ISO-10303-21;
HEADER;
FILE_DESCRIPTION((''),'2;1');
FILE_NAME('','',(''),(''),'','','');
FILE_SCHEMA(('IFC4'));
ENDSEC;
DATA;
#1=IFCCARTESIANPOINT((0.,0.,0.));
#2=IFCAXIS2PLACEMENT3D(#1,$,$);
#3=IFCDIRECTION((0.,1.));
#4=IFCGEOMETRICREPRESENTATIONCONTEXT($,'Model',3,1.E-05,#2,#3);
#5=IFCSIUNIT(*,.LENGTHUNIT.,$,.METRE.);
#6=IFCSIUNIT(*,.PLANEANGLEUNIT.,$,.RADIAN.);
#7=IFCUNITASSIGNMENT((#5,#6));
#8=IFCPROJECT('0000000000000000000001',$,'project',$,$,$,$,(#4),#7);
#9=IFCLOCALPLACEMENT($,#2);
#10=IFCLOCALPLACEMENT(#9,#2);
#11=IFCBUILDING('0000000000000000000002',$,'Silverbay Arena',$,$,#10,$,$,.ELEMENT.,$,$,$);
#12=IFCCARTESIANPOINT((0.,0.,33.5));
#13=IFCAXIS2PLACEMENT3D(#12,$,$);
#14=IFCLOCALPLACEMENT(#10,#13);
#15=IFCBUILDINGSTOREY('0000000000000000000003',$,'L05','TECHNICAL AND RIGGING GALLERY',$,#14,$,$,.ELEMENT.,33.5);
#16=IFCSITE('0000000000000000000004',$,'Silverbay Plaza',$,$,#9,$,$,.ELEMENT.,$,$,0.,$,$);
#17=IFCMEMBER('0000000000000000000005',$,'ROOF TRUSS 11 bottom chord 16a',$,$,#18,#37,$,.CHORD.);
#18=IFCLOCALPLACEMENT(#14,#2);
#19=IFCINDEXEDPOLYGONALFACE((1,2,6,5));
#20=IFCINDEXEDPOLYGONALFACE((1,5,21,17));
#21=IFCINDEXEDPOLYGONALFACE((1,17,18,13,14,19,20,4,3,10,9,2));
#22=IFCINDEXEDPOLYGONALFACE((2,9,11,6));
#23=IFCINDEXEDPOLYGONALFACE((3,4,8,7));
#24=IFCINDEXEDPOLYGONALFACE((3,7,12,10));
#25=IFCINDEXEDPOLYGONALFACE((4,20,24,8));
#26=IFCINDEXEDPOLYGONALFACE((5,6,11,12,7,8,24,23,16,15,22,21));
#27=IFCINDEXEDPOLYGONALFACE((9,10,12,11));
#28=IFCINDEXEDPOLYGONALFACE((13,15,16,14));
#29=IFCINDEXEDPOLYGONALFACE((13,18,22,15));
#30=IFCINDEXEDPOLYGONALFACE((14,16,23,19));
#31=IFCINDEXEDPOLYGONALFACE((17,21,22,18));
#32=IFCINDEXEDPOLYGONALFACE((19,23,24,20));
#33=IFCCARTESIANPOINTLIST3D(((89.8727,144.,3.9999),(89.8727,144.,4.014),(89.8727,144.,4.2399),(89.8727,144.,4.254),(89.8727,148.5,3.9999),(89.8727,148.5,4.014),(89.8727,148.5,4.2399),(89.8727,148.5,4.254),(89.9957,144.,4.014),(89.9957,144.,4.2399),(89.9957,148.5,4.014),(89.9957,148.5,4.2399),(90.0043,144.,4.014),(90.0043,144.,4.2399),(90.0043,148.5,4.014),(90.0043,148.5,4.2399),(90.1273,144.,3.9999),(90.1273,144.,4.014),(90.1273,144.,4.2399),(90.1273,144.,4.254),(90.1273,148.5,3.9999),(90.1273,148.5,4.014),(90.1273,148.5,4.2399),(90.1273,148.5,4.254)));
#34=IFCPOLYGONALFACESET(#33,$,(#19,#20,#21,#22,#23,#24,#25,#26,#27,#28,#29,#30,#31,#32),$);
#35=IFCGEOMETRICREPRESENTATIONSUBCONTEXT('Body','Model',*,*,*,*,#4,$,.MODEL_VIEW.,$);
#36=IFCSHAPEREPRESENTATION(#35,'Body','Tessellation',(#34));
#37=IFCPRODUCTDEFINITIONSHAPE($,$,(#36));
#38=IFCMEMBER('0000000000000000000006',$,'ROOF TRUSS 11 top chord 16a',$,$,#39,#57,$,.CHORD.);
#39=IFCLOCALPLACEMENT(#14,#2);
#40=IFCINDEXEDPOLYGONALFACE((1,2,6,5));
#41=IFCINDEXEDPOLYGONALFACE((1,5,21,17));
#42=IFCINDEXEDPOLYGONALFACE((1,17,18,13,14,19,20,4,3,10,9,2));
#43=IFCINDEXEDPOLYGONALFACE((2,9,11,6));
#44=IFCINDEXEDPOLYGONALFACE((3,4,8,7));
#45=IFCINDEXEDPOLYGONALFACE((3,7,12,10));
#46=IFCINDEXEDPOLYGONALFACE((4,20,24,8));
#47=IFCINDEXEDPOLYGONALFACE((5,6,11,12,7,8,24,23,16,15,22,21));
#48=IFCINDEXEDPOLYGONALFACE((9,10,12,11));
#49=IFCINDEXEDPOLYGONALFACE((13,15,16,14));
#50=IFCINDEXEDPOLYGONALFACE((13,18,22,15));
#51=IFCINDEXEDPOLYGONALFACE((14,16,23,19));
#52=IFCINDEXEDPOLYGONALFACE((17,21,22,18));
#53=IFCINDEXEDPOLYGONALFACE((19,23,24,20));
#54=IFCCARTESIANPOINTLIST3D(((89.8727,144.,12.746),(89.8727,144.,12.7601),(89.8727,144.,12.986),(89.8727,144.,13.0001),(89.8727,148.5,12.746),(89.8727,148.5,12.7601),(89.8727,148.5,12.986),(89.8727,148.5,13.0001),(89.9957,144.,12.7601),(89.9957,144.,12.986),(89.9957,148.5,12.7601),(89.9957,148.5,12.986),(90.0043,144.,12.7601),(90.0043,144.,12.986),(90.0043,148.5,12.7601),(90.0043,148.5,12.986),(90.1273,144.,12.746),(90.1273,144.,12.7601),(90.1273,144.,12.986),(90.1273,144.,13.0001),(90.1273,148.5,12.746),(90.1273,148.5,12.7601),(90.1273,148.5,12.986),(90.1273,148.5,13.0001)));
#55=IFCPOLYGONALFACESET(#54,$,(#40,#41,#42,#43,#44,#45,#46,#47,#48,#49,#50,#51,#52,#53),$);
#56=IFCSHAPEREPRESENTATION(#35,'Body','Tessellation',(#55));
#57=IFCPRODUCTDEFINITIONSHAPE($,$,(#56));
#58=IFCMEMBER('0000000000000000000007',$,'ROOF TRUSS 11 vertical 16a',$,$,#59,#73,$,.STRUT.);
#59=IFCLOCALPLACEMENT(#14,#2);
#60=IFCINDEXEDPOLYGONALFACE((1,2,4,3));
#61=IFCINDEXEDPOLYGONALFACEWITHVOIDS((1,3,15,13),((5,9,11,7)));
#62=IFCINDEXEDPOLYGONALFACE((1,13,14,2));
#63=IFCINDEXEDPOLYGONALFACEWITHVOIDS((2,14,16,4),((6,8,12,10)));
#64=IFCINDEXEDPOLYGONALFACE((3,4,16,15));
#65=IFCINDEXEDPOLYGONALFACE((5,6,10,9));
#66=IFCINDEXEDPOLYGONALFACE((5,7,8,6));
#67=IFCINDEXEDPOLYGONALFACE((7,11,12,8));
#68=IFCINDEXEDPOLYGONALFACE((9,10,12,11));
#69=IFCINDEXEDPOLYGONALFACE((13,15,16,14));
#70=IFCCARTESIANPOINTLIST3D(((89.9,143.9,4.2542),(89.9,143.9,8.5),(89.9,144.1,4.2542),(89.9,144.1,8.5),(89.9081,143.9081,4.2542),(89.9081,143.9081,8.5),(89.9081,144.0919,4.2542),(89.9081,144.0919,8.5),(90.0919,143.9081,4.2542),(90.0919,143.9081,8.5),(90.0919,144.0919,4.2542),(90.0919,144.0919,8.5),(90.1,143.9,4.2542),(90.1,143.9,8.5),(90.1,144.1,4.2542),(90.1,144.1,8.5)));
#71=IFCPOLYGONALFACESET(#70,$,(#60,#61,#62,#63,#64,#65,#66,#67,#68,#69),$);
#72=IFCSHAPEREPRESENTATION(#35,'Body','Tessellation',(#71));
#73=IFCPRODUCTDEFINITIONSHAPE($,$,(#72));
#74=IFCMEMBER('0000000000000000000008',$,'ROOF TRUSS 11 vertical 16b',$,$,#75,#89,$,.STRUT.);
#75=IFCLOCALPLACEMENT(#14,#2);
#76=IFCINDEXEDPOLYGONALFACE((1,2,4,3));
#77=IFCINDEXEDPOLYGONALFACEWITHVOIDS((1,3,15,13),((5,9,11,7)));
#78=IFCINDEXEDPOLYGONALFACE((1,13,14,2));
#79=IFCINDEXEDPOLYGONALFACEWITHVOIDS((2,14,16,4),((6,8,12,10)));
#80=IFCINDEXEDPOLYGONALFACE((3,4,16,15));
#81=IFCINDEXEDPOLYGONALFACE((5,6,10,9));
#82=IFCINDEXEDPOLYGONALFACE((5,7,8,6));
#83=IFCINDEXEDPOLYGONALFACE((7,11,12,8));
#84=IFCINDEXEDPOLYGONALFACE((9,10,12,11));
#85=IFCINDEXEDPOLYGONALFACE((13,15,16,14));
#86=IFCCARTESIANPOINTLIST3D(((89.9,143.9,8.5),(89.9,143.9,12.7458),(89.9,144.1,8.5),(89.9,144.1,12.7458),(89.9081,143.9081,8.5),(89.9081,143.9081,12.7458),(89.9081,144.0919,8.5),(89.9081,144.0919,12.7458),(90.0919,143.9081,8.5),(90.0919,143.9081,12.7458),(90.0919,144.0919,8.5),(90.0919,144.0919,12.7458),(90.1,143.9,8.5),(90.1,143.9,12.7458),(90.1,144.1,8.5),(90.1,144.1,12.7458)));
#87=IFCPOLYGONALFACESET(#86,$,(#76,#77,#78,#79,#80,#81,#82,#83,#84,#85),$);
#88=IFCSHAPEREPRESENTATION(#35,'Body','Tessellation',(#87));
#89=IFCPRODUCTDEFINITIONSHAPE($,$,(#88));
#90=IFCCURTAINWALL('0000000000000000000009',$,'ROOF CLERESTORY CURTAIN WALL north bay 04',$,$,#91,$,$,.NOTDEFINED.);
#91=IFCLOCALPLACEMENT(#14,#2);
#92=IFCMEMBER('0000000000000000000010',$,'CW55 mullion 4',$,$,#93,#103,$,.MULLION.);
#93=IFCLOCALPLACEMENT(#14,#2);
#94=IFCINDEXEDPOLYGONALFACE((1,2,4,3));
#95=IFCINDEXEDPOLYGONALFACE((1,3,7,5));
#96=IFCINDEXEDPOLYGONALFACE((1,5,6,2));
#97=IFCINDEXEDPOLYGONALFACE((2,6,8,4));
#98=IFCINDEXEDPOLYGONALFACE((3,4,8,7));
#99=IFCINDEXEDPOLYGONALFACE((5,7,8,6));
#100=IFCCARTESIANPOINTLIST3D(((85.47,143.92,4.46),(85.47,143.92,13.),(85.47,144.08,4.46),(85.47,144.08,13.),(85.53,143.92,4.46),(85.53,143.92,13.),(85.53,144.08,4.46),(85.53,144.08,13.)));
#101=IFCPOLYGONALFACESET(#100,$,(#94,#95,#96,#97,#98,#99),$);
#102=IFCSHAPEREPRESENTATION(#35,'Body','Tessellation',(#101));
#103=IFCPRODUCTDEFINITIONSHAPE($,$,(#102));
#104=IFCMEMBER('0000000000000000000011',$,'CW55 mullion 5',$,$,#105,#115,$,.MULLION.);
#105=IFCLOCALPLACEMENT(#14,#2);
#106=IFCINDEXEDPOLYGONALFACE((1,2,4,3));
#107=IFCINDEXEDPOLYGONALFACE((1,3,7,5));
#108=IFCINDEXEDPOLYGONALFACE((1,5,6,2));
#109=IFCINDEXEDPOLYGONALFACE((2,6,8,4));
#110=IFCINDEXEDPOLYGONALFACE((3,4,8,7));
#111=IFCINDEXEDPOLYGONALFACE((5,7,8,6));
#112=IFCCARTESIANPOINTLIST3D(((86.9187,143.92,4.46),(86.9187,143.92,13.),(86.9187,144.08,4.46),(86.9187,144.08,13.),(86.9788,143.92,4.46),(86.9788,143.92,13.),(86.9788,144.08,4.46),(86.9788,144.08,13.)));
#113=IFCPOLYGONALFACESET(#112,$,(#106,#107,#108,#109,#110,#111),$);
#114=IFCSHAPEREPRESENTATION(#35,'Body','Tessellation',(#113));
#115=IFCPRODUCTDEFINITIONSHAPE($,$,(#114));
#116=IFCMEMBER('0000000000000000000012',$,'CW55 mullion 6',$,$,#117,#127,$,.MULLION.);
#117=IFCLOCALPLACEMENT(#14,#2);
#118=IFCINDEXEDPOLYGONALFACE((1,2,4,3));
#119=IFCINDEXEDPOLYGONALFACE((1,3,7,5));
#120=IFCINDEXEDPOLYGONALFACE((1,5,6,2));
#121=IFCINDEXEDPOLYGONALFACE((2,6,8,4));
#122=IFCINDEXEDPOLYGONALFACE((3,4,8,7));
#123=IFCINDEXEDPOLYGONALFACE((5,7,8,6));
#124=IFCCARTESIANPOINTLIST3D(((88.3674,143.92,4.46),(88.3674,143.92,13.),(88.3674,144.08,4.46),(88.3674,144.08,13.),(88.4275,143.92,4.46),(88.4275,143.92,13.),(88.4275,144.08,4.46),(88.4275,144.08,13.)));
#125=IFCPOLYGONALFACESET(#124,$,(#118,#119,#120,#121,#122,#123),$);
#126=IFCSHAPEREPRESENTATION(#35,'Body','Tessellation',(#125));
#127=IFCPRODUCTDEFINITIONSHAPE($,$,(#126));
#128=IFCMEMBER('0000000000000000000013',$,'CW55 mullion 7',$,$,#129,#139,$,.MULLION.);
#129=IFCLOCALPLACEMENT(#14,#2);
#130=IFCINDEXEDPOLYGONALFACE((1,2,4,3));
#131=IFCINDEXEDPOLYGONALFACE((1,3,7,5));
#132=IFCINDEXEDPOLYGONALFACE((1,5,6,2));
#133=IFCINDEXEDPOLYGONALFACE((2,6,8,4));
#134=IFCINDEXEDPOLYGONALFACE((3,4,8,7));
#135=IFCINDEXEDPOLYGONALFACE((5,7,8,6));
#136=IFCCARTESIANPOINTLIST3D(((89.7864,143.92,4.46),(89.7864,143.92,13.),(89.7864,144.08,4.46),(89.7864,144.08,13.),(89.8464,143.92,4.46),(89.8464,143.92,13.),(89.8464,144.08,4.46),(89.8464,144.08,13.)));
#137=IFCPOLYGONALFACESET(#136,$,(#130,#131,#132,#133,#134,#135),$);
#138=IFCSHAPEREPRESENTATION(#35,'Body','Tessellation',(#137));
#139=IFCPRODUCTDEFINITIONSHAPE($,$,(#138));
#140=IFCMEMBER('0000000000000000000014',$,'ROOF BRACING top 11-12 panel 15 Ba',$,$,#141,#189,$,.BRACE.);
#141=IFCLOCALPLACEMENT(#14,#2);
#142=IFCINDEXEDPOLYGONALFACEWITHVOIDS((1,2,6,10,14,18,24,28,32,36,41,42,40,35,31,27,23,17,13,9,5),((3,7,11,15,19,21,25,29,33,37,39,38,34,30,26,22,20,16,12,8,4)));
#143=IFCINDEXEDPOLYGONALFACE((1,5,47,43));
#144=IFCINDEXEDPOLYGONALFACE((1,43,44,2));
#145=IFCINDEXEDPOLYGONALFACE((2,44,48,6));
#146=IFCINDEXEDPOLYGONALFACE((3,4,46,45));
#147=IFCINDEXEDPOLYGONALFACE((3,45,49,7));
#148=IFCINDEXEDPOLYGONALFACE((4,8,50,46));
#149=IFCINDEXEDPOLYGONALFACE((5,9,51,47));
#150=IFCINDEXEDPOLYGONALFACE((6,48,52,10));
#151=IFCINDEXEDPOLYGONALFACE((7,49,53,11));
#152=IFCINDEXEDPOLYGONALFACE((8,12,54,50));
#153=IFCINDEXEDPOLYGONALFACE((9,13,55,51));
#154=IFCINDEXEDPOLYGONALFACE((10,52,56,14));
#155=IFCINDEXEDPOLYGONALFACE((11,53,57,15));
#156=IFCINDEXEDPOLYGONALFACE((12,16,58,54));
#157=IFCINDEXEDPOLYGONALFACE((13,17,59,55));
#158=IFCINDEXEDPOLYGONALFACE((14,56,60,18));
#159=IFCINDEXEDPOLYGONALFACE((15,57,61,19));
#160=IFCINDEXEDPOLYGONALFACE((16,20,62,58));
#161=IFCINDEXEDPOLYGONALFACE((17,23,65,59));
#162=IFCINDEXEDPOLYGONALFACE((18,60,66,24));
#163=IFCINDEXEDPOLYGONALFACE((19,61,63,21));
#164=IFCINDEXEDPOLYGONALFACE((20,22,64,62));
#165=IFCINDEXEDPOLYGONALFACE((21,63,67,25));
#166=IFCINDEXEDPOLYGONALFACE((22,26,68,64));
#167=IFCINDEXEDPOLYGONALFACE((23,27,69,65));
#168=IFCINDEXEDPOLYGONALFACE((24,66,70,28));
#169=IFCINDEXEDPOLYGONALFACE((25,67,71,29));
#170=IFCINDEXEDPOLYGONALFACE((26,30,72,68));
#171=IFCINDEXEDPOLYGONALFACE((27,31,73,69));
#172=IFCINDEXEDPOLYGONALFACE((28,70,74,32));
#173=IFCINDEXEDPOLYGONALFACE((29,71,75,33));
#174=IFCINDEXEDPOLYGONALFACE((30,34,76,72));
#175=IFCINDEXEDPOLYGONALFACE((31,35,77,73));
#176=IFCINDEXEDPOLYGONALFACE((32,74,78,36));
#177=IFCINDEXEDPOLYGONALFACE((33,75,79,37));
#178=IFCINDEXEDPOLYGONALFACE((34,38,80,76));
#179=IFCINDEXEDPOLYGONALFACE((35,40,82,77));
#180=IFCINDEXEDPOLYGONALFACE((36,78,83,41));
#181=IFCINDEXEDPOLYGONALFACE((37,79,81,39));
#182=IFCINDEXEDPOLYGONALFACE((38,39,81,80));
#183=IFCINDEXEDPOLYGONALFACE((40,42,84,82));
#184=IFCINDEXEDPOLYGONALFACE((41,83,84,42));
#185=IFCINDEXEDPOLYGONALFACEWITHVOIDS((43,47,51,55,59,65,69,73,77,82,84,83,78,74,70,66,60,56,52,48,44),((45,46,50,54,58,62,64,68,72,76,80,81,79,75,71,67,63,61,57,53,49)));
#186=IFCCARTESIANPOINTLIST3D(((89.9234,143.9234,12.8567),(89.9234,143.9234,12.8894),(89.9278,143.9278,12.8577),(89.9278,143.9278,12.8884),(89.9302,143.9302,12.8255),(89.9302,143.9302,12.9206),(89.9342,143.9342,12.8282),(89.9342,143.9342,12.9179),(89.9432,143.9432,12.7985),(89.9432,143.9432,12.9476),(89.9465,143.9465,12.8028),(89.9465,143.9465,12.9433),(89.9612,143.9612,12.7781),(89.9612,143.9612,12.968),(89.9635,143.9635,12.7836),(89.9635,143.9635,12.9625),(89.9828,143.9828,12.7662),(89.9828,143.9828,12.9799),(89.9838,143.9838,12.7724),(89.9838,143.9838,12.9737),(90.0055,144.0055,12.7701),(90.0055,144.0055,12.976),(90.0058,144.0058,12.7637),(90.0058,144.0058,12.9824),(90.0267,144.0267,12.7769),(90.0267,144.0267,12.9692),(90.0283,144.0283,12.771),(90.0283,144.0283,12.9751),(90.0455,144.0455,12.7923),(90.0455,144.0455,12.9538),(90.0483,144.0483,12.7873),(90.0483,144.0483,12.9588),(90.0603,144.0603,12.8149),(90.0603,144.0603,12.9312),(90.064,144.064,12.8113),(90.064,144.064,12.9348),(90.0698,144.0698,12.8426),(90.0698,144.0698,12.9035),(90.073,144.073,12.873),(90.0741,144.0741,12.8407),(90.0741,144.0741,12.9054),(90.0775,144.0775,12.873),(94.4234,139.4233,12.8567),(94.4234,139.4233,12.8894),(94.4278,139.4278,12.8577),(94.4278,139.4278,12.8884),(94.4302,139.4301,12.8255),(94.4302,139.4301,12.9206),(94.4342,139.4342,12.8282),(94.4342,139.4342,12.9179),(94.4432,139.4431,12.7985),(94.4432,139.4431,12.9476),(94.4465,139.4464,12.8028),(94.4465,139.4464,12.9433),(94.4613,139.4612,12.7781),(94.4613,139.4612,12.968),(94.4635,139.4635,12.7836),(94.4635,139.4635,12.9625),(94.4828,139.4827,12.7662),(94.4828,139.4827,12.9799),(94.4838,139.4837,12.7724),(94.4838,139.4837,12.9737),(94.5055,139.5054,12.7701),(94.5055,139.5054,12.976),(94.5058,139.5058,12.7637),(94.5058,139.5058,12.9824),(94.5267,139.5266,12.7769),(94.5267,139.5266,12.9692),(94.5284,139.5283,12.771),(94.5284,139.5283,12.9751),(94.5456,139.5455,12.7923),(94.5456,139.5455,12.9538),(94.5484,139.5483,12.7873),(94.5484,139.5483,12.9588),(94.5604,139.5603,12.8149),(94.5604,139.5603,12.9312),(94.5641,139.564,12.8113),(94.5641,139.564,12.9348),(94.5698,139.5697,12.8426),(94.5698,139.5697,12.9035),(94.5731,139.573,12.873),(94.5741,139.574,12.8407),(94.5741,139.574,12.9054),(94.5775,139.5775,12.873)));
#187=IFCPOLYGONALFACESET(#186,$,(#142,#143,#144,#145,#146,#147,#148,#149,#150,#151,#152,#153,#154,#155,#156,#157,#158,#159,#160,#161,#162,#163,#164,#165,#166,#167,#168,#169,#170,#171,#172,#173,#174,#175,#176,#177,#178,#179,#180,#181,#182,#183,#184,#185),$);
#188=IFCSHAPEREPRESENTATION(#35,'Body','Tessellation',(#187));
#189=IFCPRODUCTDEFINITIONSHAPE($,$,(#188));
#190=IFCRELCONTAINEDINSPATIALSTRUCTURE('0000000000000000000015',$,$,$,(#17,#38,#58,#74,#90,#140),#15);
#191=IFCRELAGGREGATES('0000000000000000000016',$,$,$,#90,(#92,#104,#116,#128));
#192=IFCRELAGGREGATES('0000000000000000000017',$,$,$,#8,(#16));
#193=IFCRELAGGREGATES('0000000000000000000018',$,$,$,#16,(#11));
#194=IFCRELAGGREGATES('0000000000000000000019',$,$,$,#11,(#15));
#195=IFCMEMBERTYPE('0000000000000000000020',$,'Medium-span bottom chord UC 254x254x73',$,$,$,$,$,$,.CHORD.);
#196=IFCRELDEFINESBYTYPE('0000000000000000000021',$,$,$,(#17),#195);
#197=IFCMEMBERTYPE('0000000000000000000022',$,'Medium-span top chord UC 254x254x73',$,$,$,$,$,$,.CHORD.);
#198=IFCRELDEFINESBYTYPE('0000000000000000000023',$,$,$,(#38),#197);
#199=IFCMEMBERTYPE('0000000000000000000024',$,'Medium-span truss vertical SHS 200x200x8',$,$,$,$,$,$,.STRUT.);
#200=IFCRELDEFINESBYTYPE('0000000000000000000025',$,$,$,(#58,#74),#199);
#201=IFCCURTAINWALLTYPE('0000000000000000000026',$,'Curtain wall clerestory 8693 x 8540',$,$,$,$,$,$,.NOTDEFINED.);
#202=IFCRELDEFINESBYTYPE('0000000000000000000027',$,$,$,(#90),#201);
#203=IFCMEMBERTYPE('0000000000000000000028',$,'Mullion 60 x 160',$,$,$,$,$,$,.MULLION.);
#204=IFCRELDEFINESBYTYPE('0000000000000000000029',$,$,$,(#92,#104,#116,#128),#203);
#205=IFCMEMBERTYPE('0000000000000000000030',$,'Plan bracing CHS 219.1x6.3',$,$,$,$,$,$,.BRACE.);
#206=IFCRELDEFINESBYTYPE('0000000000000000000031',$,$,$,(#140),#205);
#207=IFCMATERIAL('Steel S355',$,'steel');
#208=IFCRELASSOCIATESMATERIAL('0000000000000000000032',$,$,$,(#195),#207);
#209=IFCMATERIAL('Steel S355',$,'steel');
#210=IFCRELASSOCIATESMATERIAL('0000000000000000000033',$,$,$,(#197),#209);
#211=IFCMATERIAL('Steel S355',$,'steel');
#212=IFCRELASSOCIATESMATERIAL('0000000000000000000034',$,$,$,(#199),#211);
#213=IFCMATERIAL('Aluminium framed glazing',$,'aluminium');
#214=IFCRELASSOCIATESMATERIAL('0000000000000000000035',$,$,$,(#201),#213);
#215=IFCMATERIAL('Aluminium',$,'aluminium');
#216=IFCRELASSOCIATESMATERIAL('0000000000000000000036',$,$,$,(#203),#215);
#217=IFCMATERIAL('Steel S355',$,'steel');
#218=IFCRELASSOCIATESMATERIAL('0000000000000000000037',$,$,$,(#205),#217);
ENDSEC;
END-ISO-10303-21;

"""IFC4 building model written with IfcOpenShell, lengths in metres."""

from ifc_helpers import new_model, si_unit, direction, frame, origin, origin_2d, place, context, subcontext, project, spatial, rectangle, hollow_rectangle, hollow_circle, i_section, extrude, material, material_profile, profile_set, type_object, element, aggregate, save


model = new_model("IFC4")

# Units and contexts
model_context = context("Model", 3, precision=1e-05, world=origin(), true_north=direction((0.0, 1.0)))
body_context = subcontext(model_context, "Body", "Model", "MODEL_VIEW")
ifc_project = project(units=[si_unit("LENGTHUNIT", "METRE"), si_unit("PLANEANGLEUNIT", "RADIAN")], contexts=[model_context])

# Site, building, storey
site_placement = place(None, origin())
site = spatial("IfcSite", under=ifc_project, at=site_placement, Name="Silverbay Plaza", CompositionType="ELEMENT", RefElevation=0.0)
building_placement = place(site_placement, origin())
building = spatial("IfcBuilding", under=site, at=building_placement, Name="Silverbay Arena", CompositionType="ELEMENT")
storey_placement = place(building_placement, frame((0.0, 0.0, 33.5)))
storey = spatial("IfcBuildingStorey", under=building, at=storey_placement, Name="L05", Description="TECHNICAL AND RIGGING GALLERY", CompositionType="ELEMENT", Elevation=33.5)

# Members
ifc_material_1 = material(Name="Steel S355", Category="steel")
ifc_material_profile_1 = material_profile(ifc_material_1, i_section(OverallWidth=0.2546, OverallDepth=0.2542, WebThickness=0.0085, FlangeThickness=0.0142, at=origin_2d()), Name="UC 254x254x73")
ifc_profile_set_1 = profile_set([ifc_material_profile_1], Name="Steel S355")
member_type_1 = type_object("IfcMemberType", Name="Medium-span bottom chord UC 254x254x73", PredefinedType="CHORD", material=ifc_profile_set_1)
member_1_placement = place(storey_placement, frame((90.0, 144.0, 4.127), z_axis=(0.0, 1.0, 0.0), x_axis=(-1.0, 0.0, 0.0)))
element("IfcMember", 1, at=member_1_placement, inside=storey, type_object=member_type_1, Name="ROOF TRUSS 11 bottom chord 16a", PredefinedType="CHORD", context=body_context, shape_type="SweptSolid", body=[
    extrude(i_section(OverallWidth=0.2546, OverallDepth=0.2542, WebThickness=0.0085, FlangeThickness=0.0142, at=origin_2d()), origin(), (0.0, 0.0, 1.0), 4.5),
])
ifc_material_2 = material(Name="Steel S355", Category="steel")
ifc_material_profile_2 = material_profile(ifc_material_2, i_section(OverallWidth=0.2546, OverallDepth=0.2542, WebThickness=0.0085, FlangeThickness=0.0142, at=origin_2d()), Name="UC 254x254x73")
ifc_profile_set_2 = profile_set([ifc_material_profile_2], Name="Steel S355")
member_type_2 = type_object("IfcMemberType", Name="Medium-span top chord UC 254x254x73", PredefinedType="CHORD", material=ifc_profile_set_2)
member_2_placement = place(storey_placement, frame((90.0, 144.0, 12.873), z_axis=(0.0, 1.0, 0.0), x_axis=(-1.0, 0.0, 0.0)))
element("IfcMember", 2, at=member_2_placement, inside=storey, type_object=member_type_2, Name="ROOF TRUSS 11 top chord 16a", PredefinedType="CHORD", context=body_context, shape_type="SweptSolid", body=[
    extrude(i_section(OverallWidth=0.2546, OverallDepth=0.2542, WebThickness=0.0085, FlangeThickness=0.0142, at=origin_2d()), origin(), (0.0, 0.0, 1.0), 4.5),
])
ifc_material_3 = material(Name="Steel S355", Category="steel")
ifc_material_profile_3 = material_profile(ifc_material_3, hollow_rectangle(XDim=0.2, YDim=0.2, WallThickness=0.0081, at=origin_2d()), Name="SHS 200x200x8")
ifc_profile_set_3 = profile_set([ifc_material_profile_3], Name="Steel S355")
member_type_3 = type_object("IfcMemberType", Name="Medium-span truss vertical SHS 200x200x8", PredefinedType="STRUT", material=ifc_profile_set_3)
for number, where, z_axis, x_axis, name in (
    (3, (90.0, 144.0, 4.2542), (0.0, 0.0, 1.0), (1.0, 0.0, 0.0), "ROOF TRUSS 11 vertical 16a"),
    (4, (90.0, 144.0, 8.5), (0.0, 0.0, 1.0), (1.0, 0.0, 0.0), "ROOF TRUSS 11 vertical 16b"),
):
    element("IfcMember", number, at=place(storey_placement, frame(where, z_axis=z_axis, x_axis=x_axis)), inside=storey, type_object=member_type_3, Name=name, PredefinedType="STRUT", context=body_context, shape_type="SweptSolid", body=[
        extrude(hollow_rectangle(XDim=0.2, YDim=0.2, WallThickness=0.0081, at=origin_2d()), origin(), (0.0, 0.0, 1.0), 4.2458),
    ])

# Curtain wall, members
ifc_material_4 = material(Name="Aluminium framed glazing", Category="aluminium")
curtain_wall_type = type_object("IfcCurtainWallType", Name="Curtain wall clerestory 8693 x 8540", PredefinedType="NOTDEFINED", material=ifc_material_4)
curtain_wall_placement = place(storey_placement, origin())
curtain_wall = element("IfcCurtainWall", 5, at=curtain_wall_placement, inside=storey, type_object=curtain_wall_type, Name="ROOF CLERESTORY CURTAIN WALL north bay 04", PredefinedType="NOTDEFINED")
ifc_material_5 = material(Name="Aluminium", Category="aluminium")
ifc_material_profile_4 = material_profile(ifc_material_5, rectangle(XDim=0.1599, YDim=0.0601, at=origin_2d()), Name="Mullion 60 x 160")
ifc_profile_set_4 = profile_set([ifc_material_profile_4], Name="Aluminium")
member_type_4 = type_object("IfcMemberType", Name="Mullion 60 x 160", PredefinedType="MULLION", material=ifc_profile_set_4)
member_3_placement = place(storey_placement, frame((85.5, 144.0, 4.46), z_axis=(0.0, 0.0, 1.0), x_axis=(0.0, 1.0, 0.0)))
member_3 = element("IfcMember", 6, at=member_3_placement, type_object=member_type_4, Name="CW55 mullion 4", PredefinedType="MULLION", context=body_context, shape_type="SweptSolid", body=[
    extrude(rectangle(XDim=0.1599, YDim=0.0601, at=origin_2d()), origin(), (0.0, 0.0, 1.0), 8.54),
])
member_4_placement = place(storey_placement, frame((86.9487, 144.0, 4.46), z_axis=(0.0, 0.0, 1.0), x_axis=(0.0, 1.0, 0.0)))
member_4 = element("IfcMember", 7, at=member_4_placement, type_object=member_type_4, Name="CW55 mullion 5", PredefinedType="MULLION", context=body_context, shape_type="SweptSolid", body=[
    extrude(rectangle(XDim=0.1599, YDim=0.0601, at=origin_2d()), origin(), (0.0, 0.0, 1.0), 8.54),
])
member_5_placement = place(storey_placement, frame((88.3975, 144.0, 4.46), z_axis=(0.0, 0.0, 1.0), x_axis=(0.0, 1.0, 0.0)))
member_5 = element("IfcMember", 8, at=member_5_placement, type_object=member_type_4, Name="CW55 mullion 6", PredefinedType="MULLION", context=body_context, shape_type="SweptSolid", body=[
    extrude(rectangle(XDim=0.1599, YDim=0.0601, at=origin_2d()), origin(), (0.0, 0.0, 1.0), 8.54),
])
member_6_placement = place(storey_placement, frame((89.8164, 144.0, 4.46), z_axis=(0.0, 0.0, 1.0), x_axis=(0.0, 1.0, 0.0)))
member_6 = element("IfcMember", 9, at=member_6_placement, type_object=member_type_4, Name="CW55 mullion 7", PredefinedType="MULLION", context=body_context, shape_type="SweptSolid", body=[
    extrude(rectangle(XDim=0.1599, YDim=0.0601, at=origin_2d()), origin(), (0.0, 0.0, 1.0), 8.54),
])

# Member
ifc_material_6 = material(Name="Steel S355", Category="steel")
ifc_material_profile_5 = material_profile(ifc_material_6, hollow_circle(Radius=0.1096, WallThickness=0.0063, at=origin_2d()), Name="CHS 219.1x6.3")
ifc_profile_set_5 = profile_set([ifc_material_profile_5], Name="Steel S355")
member_type_5 = type_object("IfcMemberType", Name="Plan bracing CHS 219.1x6.3", PredefinedType="BRACE", material=ifc_profile_set_5)
member_7_placement = place(storey_placement, frame((90.0, 144.0, 12.873), z_axis=(0.707107, -0.707107, 0.0), x_axis=(0.707107, 0.707107, 0.0)))
element("IfcMember", 10, at=member_7_placement, inside=storey, type_object=member_type_5, Name="ROOF BRACING top 11-12 panel 15 Ba", PredefinedType="BRACE", context=body_context, shape_type="SweptSolid", body=[
    extrude(hollow_circle(Radius=0.1096, WallThickness=0.0063, at=origin_2d()), origin(), (0.0, 0.0, 1.0), 6.364),
])

aggregate(curtain_wall, [member_3, member_4, member_5, member_6])

save(model, "model.ifc")
